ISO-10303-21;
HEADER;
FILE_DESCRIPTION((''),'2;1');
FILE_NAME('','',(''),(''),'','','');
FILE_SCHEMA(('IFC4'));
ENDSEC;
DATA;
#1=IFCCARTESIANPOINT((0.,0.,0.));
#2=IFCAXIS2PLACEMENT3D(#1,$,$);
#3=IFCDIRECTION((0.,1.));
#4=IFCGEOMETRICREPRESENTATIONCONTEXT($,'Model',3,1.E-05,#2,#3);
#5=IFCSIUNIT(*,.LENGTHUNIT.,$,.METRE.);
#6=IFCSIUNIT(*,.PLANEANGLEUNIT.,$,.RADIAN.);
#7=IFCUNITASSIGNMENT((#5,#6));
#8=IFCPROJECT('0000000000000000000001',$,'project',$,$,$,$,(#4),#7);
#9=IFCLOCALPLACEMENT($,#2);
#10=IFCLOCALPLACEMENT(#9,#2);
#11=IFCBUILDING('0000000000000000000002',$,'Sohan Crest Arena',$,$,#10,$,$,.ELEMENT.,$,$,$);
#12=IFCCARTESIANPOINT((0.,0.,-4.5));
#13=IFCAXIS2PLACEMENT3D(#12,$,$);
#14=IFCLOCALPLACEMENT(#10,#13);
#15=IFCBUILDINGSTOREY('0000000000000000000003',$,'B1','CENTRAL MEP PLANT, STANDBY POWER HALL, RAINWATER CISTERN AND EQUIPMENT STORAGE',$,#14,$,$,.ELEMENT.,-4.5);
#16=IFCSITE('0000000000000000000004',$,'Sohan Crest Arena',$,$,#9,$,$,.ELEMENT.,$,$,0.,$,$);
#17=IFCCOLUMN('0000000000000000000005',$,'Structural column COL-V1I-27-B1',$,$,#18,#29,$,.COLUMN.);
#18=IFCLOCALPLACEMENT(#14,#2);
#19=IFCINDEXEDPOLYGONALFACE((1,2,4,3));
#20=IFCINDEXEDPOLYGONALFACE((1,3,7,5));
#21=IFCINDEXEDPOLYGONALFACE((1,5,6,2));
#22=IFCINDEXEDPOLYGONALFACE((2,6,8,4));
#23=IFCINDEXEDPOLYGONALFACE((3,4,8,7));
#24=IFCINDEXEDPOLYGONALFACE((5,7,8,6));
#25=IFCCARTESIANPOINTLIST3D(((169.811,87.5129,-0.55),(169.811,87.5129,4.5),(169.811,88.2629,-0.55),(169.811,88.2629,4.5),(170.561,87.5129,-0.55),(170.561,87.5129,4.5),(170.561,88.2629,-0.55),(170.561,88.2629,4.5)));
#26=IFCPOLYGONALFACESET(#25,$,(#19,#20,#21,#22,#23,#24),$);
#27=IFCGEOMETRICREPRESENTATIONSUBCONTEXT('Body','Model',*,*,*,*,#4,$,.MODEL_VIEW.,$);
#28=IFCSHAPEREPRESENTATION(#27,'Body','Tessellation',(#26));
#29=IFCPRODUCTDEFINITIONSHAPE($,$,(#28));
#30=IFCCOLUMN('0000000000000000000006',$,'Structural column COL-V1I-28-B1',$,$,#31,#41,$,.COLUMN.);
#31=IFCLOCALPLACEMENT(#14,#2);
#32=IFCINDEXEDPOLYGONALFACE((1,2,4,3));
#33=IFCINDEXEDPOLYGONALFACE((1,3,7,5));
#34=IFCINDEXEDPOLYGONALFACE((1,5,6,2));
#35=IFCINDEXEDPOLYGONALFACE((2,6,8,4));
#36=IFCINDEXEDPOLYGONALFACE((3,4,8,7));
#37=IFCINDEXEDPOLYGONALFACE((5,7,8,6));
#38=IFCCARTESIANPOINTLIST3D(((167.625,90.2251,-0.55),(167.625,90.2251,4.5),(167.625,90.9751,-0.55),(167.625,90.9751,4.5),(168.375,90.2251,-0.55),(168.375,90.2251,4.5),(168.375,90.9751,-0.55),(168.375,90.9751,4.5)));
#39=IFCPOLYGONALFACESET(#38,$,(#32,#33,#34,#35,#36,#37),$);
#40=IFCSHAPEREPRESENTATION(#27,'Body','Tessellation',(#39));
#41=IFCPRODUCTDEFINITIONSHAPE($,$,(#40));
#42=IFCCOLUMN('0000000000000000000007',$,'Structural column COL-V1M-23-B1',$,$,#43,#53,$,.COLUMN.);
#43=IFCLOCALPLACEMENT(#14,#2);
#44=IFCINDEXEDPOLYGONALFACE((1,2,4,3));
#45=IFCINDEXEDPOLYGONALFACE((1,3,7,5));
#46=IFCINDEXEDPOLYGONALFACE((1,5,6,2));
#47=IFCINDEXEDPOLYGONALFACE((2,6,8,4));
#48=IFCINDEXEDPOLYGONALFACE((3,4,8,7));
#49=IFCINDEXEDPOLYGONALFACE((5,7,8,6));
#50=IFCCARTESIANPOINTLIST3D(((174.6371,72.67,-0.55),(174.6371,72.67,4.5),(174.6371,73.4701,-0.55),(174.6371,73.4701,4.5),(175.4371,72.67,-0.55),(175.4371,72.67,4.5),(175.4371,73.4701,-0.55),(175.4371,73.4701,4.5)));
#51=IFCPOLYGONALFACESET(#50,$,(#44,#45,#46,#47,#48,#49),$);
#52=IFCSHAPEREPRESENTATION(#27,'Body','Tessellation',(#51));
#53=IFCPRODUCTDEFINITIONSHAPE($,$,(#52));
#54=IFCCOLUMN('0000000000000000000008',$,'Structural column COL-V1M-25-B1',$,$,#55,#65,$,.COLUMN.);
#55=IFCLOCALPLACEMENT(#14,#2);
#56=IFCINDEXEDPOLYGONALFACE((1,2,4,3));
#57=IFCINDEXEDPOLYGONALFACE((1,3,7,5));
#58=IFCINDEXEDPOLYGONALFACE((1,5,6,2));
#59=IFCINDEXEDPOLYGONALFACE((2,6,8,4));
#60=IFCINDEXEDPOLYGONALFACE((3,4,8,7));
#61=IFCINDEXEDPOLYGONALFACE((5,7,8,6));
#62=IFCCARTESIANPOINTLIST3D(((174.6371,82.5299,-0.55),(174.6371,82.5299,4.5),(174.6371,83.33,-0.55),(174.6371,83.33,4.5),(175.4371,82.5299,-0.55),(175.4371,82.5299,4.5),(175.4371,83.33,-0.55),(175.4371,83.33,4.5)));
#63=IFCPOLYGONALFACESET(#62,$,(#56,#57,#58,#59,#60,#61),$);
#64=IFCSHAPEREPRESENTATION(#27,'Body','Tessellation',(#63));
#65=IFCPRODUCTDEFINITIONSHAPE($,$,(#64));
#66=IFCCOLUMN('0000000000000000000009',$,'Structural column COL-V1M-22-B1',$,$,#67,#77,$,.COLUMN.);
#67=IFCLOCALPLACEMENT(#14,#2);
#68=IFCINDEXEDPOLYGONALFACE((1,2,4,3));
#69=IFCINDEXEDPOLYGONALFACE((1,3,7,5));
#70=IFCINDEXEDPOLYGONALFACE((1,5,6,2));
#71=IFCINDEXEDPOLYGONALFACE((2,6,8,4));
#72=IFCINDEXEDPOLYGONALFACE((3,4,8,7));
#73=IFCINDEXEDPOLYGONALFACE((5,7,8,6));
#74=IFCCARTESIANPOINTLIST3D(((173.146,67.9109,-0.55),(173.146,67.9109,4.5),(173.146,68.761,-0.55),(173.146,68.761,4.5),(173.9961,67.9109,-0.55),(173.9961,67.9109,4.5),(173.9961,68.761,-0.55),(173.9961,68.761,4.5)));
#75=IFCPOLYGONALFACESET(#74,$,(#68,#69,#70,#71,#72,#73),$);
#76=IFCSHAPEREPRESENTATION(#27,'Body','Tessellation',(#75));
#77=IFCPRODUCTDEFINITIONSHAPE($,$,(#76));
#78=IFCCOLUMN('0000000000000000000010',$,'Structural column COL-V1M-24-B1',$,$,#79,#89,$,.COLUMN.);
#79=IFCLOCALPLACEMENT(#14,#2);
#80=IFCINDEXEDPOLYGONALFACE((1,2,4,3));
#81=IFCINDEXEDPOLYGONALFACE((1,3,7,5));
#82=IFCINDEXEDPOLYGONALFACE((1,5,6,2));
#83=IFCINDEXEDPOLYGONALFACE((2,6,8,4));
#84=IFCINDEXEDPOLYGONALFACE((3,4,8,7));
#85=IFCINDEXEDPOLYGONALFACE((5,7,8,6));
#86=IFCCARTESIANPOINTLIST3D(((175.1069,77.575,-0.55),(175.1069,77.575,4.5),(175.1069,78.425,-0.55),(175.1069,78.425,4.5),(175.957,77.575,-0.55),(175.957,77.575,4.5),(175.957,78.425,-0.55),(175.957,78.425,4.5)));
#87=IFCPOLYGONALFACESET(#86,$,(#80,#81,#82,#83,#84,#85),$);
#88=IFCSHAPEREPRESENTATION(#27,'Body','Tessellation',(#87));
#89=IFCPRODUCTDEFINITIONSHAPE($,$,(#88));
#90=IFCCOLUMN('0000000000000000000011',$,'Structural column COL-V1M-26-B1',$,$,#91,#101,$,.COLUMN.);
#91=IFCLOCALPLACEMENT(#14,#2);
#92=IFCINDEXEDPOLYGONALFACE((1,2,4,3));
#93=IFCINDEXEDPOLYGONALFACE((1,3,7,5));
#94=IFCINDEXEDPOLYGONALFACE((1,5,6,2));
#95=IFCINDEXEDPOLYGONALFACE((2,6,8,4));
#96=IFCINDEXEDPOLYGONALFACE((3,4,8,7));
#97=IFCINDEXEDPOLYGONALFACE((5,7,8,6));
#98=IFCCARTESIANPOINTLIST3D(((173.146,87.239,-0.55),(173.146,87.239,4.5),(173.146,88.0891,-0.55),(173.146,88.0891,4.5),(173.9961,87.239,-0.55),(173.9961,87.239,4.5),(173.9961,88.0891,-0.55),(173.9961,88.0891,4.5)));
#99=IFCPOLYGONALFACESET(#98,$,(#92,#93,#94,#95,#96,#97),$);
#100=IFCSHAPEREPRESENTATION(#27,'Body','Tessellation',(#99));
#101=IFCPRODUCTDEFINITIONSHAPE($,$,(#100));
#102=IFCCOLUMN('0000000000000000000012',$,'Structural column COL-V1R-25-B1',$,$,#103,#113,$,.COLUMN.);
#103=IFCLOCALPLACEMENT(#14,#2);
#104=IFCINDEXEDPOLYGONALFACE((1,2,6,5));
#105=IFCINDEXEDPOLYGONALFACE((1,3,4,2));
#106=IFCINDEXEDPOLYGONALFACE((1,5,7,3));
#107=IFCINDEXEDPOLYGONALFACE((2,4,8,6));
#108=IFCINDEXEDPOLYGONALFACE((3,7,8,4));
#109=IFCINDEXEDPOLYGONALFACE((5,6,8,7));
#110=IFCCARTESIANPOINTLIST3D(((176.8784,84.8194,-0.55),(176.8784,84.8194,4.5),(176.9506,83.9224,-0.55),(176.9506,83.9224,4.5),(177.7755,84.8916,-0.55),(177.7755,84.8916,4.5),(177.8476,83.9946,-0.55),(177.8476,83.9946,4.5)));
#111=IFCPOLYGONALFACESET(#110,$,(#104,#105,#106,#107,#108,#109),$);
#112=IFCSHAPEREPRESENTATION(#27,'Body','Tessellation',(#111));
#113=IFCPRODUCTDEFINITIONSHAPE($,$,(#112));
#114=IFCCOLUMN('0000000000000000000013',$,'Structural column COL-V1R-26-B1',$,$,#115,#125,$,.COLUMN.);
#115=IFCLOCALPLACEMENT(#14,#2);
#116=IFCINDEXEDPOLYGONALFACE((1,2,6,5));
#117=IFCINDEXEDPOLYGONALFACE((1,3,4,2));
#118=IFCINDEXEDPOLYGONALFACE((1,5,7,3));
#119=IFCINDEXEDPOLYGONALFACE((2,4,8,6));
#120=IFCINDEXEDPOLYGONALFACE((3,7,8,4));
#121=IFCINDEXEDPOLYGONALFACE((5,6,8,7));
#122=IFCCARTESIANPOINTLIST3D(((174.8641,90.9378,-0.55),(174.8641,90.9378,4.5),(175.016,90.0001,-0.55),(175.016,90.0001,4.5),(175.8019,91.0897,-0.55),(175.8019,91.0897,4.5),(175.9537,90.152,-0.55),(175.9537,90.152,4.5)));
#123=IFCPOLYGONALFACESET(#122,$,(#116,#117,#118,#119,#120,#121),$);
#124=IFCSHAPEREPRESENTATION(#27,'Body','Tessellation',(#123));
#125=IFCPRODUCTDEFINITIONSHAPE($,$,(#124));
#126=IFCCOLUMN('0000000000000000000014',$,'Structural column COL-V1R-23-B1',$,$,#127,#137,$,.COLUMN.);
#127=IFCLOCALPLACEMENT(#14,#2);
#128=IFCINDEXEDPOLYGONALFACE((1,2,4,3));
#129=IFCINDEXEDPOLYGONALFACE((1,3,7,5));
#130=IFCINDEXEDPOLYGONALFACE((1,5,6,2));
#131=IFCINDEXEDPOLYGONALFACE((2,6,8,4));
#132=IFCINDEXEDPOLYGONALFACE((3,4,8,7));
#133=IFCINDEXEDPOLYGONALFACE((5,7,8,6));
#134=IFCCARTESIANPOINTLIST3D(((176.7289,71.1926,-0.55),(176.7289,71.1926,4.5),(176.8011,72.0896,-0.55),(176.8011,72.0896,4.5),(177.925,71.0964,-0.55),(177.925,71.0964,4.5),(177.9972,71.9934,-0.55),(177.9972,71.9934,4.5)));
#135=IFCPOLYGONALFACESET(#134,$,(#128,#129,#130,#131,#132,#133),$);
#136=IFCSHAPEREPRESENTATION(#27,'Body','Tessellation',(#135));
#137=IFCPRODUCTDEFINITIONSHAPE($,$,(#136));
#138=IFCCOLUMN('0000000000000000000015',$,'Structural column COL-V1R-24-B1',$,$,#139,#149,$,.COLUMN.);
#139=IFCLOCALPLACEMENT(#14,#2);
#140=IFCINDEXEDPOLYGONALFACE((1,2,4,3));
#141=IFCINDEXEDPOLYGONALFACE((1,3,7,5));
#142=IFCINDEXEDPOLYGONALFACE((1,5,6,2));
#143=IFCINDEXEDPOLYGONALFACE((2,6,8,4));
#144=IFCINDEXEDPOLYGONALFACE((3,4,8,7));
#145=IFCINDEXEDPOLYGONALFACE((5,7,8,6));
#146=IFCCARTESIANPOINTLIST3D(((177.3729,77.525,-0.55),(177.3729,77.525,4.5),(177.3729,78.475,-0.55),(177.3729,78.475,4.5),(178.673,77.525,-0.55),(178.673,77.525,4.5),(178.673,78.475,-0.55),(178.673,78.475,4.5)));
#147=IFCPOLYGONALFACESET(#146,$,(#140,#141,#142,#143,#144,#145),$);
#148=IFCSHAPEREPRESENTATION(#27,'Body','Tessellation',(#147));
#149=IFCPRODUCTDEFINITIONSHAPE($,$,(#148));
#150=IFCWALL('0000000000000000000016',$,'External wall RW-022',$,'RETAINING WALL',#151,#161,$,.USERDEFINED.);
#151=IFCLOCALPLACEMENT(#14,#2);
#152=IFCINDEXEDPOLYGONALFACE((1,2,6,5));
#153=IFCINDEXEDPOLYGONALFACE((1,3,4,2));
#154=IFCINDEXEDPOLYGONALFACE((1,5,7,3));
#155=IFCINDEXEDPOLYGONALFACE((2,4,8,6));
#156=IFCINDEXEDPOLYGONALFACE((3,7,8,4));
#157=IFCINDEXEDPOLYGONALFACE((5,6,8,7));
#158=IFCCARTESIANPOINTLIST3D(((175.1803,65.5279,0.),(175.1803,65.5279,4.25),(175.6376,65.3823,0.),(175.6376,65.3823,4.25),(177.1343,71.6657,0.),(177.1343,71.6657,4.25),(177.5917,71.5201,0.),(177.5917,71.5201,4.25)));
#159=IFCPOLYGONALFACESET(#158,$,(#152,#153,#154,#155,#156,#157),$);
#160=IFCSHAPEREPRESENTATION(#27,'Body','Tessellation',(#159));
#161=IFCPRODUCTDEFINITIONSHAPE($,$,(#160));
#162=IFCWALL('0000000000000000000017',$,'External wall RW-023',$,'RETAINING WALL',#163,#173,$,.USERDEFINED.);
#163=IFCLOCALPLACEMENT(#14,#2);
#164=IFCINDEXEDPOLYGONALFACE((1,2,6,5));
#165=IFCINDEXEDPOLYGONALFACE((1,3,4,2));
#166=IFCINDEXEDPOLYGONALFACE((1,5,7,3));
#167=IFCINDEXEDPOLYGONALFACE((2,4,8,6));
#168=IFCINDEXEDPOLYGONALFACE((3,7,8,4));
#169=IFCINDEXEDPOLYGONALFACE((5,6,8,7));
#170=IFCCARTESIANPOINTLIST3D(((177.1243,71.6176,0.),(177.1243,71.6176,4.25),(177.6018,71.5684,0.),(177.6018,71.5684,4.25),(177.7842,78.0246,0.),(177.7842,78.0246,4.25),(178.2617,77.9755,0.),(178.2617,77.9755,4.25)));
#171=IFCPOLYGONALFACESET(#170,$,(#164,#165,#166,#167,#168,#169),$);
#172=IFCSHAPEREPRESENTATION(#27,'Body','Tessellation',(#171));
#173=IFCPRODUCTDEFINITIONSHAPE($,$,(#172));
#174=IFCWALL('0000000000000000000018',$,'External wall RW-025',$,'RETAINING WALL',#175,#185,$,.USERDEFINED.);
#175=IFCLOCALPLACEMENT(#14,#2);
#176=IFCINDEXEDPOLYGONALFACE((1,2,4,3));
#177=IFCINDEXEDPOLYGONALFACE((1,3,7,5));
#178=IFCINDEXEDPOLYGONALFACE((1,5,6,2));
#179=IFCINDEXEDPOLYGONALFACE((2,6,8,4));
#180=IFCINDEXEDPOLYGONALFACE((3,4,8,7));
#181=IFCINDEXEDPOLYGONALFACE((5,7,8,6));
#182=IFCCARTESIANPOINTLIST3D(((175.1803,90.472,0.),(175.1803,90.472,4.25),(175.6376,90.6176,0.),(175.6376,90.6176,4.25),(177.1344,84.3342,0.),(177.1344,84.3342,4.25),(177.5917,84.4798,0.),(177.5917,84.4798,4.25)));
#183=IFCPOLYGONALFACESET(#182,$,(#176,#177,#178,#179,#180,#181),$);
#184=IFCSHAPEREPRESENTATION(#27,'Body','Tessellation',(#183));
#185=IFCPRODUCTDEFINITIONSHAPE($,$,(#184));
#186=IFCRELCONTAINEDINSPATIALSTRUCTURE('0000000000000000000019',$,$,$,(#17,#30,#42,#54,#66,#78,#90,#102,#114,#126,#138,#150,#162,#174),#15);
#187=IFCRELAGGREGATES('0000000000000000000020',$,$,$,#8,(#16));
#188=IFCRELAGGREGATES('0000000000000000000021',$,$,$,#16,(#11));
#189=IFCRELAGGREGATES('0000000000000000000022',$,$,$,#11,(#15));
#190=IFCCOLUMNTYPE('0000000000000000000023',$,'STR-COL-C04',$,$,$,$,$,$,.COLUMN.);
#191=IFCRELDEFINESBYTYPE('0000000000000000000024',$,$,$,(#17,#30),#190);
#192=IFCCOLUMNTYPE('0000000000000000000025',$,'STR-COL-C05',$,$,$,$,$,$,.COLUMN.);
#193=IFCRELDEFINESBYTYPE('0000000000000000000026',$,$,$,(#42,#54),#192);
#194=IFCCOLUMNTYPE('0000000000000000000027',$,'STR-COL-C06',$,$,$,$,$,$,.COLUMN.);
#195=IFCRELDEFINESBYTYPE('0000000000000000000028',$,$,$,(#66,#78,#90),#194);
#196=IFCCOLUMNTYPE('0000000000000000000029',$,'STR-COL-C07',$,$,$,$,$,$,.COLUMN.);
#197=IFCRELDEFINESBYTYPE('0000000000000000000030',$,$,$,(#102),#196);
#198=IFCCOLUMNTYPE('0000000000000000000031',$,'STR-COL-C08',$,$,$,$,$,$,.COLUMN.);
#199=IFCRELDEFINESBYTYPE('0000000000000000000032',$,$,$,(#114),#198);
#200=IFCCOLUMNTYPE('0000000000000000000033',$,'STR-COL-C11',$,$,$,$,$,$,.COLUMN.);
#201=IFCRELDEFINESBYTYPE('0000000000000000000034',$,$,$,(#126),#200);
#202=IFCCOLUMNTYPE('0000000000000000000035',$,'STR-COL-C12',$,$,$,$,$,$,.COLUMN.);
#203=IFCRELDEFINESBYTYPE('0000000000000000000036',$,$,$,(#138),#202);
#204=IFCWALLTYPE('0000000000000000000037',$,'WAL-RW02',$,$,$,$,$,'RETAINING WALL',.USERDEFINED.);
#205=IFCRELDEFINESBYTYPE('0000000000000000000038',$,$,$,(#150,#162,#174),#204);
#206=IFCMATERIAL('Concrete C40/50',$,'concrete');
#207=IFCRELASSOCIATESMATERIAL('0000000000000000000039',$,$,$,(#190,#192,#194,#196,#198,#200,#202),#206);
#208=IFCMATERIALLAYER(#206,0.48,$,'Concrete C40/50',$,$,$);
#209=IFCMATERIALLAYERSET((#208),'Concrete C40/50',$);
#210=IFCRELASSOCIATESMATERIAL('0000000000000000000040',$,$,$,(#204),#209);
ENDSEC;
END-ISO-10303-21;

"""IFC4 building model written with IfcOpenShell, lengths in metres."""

from ifc_helpers import new_model, si_unit, direction, frame, frame_2d, origin, origin_2d, place, context, subcontext, project, spatial, rectangle, extrude, material, layer, layer_set, material_profile, profile_set, type_object, element, save


model = new_model("IFC4")

# Units and contexts
model_context = context("Model", 3, precision=1e-05, world=origin(), true_north=direction((0.0, 1.0)))
body_context = subcontext(model_context, "Body", "Model", "MODEL_VIEW")
ifc_project = project(units=[si_unit("LENGTHUNIT", "METRE"), si_unit("PLANEANGLEUNIT", "RADIAN")], contexts=[model_context])

# Site, building, storey
site_placement = place(None, origin())
site = spatial("IfcSite", under=ifc_project, at=site_placement, Name="Sohan Crest Arena", CompositionType="ELEMENT", RefElevation=0.0)
building_placement = place(site_placement, origin())
building = spatial("IfcBuilding", under=site, at=building_placement, Name="Sohan Crest Arena", CompositionType="ELEMENT")
storey_placement = place(building_placement, frame((0.0, 0.0, -4.5)))
storey = spatial("IfcBuildingStorey", under=building, at=storey_placement, Name="B1", Description="CENTRAL MEP PLANT, STANDBY POWER HALL, RAINWATER CISTERN AND EQUIPMENT STORAGE", CompositionType="ELEMENT", Elevation=-4.5)

# Shared definitions
ifc_material = material(Name="Concrete C40/50", Category="concrete")

# Columns
ifc_material_profile_1 = material_profile(ifc_material, rectangle(XDim=0.75, YDim=0.75, at=origin_2d()), Name="RC 750x750")
ifc_profile_set_1 = profile_set([ifc_material_profile_1], Name="Concrete C40/50")
column_type_1 = type_object("IfcColumnType", Name="STR-COL-C04", PredefinedType="COLUMN", material=ifc_profile_set_1)
for number, where, z_axis, x_axis, name in (
    (1, (170.186, 87.8879, -0.55), (0.0, 0.0, 1.0), (1.0, 0.0, 0.0), "Structural column COL-V1I-27-B1"),
    (2, (168.0, 90.6001, -0.55), (0.0, 0.0, 1.0), (1.0, 0.0, 0.0), "Structural column COL-V1I-28-B1"),
):
    element("IfcColumn", number, at=place(storey_placement, frame(where, z_axis=z_axis, x_axis=x_axis)), inside=storey, type_object=column_type_1, Name=name, PredefinedType="COLUMN", context=body_context, shape_type="SweptSolid", body=[
        extrude(rectangle(XDim=0.75, YDim=0.75, at=origin_2d()), origin(), (0.0, 0.0, 1.0), 5.05),
    ])
ifc_material_profile_2 = material_profile(ifc_material, rectangle(XDim=0.8, YDim=0.8, at=origin_2d()), Name="RC 800x800")
ifc_profile_set_2 = profile_set([ifc_material_profile_2], Name="Concrete C40/50")
column_type_2 = type_object("IfcColumnType", Name="STR-COL-C05", PredefinedType="COLUMN", material=ifc_profile_set_2)
for number, where, z_axis, x_axis, name in (
    (3, (175.0371, 73.0701, -0.55), (0.0, 0.0, 1.0), (1.0, 0.0, 0.0), "Structural column COL-V1M-23-B1"),
    (4, (175.0371, 82.9299, -0.55), (0.0, 0.0, 1.0), (1.0, 0.0, 0.0), "Structural column COL-V1M-25-B1"),
):
    element("IfcColumn", number, at=place(storey_placement, frame(where, z_axis=z_axis, x_axis=x_axis)), inside=storey, type_object=column_type_2, Name=name, PredefinedType="COLUMN", context=body_context, shape_type="SweptSolid", body=[
        extrude(rectangle(XDim=0.8, YDim=0.8, at=origin_2d()), origin(), (0.0, 0.0, 1.0), 5.05),
    ])
ifc_material_profile_3 = material_profile(ifc_material, rectangle(XDim=0.8501, YDim=0.8501, at=origin_2d()), Name="RC 850x850")
ifc_profile_set_3 = profile_set([ifc_material_profile_3], Name="Concrete C40/50")
column_type_3 = type_object("IfcColumnType", Name="STR-COL-C06", PredefinedType="COLUMN", material=ifc_profile_set_3)
for number, where, z_axis, x_axis, name in (
    (5, (173.571, 68.3359, -0.55), (0.0, 0.0, 1.0), (1.0, 0.0, 0.0), "Structural column COL-V1M-22-B1"),
    (6, (175.532, 78.0, -0.55), (0.0, 0.0, 1.0), (1.0, 0.0, 0.0), "Structural column COL-V1M-24-B1"),
    (7, (173.571, 87.6641, -0.55), (0.0, 0.0, 1.0), (1.0, 0.0, 0.0), "Structural column COL-V1M-26-B1"),
):
    element("IfcColumn", number, at=place(storey_placement, frame(where, z_axis=z_axis, x_axis=x_axis)), inside=storey, type_object=column_type_3, Name=name, PredefinedType="COLUMN", context=body_context, shape_type="SweptSolid", body=[
        extrude(rectangle(XDim=0.8501, YDim=0.8501, at=origin_2d()), origin(), (0.0, 0.0, 1.0), 5.05),
    ])
ifc_material_profile_4 = material_profile(ifc_material, rectangle(XDim=0.8999, YDim=0.8999, at=origin_2d()), Name="RC 900x900")
ifc_profile_set_4 = profile_set([ifc_material_profile_4], Name="Concrete C40/50")
column_type_4 = type_object("IfcColumnType", Name="STR-COL-C07", PredefinedType="COLUMN", material=ifc_profile_set_4)
column_1_placement = place(storey_placement, frame((177.363, 84.407, -0.55), z_axis=(0.0, 0.0, 1.0), x_axis=(0.996779, 0.080199, 0.0)))
element("IfcColumn", 8, at=column_1_placement, inside=storey, type_object=column_type_4, Name="Structural column COL-V1R-25-B1", PredefinedType="COLUMN", context=body_context, shape_type="SweptSolid", body=[
    extrude(rectangle(XDim=0.8999, YDim=0.8999, at=origin_2d()), origin(), (0.0, 0.0, 1.0), 5.05),
])
ifc_material_profile_5 = material_profile(ifc_material, rectangle(XDim=0.95, YDim=0.95, at=origin_2d()), Name="RC 950x950")
ifc_profile_set_5 = profile_set([ifc_material_profile_5], Name="Concrete C40/50")
column_type_5 = type_object("IfcColumnType", Name="STR-COL-C08", PredefinedType="COLUMN", material=ifc_profile_set_5)
column_2_placement = place(storey_placement, frame((175.4089, 90.5449, -0.55), z_axis=(0.0, 0.0, 1.0), x_axis=(0.987136, 0.159881, 0.0)))
element("IfcColumn", 9, at=column_2_placement, inside=storey, type_object=column_type_5, Name="Structural column COL-V1R-26-B1", PredefinedType="COLUMN", context=body_context, shape_type="SweptSolid", body=[
    extrude(rectangle(XDim=0.95, YDim=0.95, at=origin_2d()), origin(), (0.0, 0.0, 1.0), 5.05),
])
ifc_material_profile_6 = material_profile(ifc_material, rectangle(XDim=1.2, YDim=0.8999, at=origin_2d()), Name="RC 1200x900")
ifc_profile_set_6 = profile_set([ifc_material_profile_6], Name="Concrete C40/50")
column_type_6 = type_object("IfcColumnType", Name="STR-COL-C11", PredefinedType="COLUMN", material=ifc_profile_set_6)
column_3_placement = place(storey_placement, frame((177.363, 71.593, -0.55), z_axis=(0.0, 0.0, 1.0), x_axis=(-0.996779, 0.080199, 0.0)))
element("IfcColumn", 10, at=column_3_placement, inside=storey, type_object=column_type_6, Name="Structural column COL-V1R-23-B1", PredefinedType="COLUMN", context=body_context, shape_type="SweptSolid", body=[
    extrude(rectangle(XDim=1.2, YDim=0.8999, at=origin_2d()), origin(), (0.0, 0.0, 1.0), 5.05),
])
ifc_material_profile_7 = material_profile(ifc_material, rectangle(XDim=1.3, YDim=0.95, at=origin_2d()), Name="RC 1300x950")
ifc_profile_set_7 = profile_set([ifc_material_profile_7], Name="Concrete C40/50")
column_type_7 = type_object("IfcColumnType", Name="STR-COL-C12", PredefinedType="COLUMN", material=ifc_profile_set_7)
column_4_placement = place(storey_placement, frame((178.0229, 78.0, -0.55), z_axis=(0.0, 0.0, 1.0), x_axis=(1.0, 0.0, 0.0)))
element("IfcColumn", 11, at=column_4_placement, inside=storey, type_object=column_type_7, Name="Structural column COL-V1R-24-B1", PredefinedType="COLUMN", context=body_context, shape_type="SweptSolid", body=[
    extrude(rectangle(XDim=1.3, YDim=0.95, at=origin_2d()), origin(), (0.0, 0.0, 1.0), 5.05),
])

# Walls
ifc_layer = layer(ifc_material, 0.48, Name="Concrete C40/50")
ifc_layer_set = layer_set([ifc_layer], Name="Concrete C40/50")
wall_type = type_object("IfcWallType", Name="WAL-RW02", ElementType="RETAINING WALL", PredefinedType="USERDEFINED", material=ifc_layer_set)
wall_1_placement = place(storey_placement, frame((175.4089, 65.4551, 0.0), z_axis=(0.0, 0.0, 1.0), x_axis=(0.303362, 0.952875, 0.0)))
element("IfcWall", 12, at=wall_1_placement, inside=storey, type_object=wall_type, Name="External wall RW-022", ObjectType="RETAINING WALL", PredefinedType="USERDEFINED", context=body_context, shape_type="SweptSolid", body=[
    extrude(rectangle(XDim=6.4414, YDim=0.48, at=frame_2d((3.2207, 0.0))), origin(), (0.0, 0.0, 1.0), 4.25),
])
wall_2_placement = place(storey_placement, frame((177.363, 71.593, 0.0), z_axis=(0.0, 0.0, 1.0), x_axis=(0.102457, 0.994737, 0.0)))
element("IfcWall", 13, at=wall_2_placement, inside=storey, type_object=wall_type, Name="External wall RW-023", ObjectType="RETAINING WALL", PredefinedType="USERDEFINED", context=body_context, shape_type="SweptSolid", body=[
    extrude(rectangle(XDim=6.4409, YDim=0.48, at=frame_2d((3.2205, 0.0))), origin(), (0.0, 0.0, 1.0), 4.25),
])
wall_3_placement = place(storey_placement, frame((177.363, 84.407, 0.0), z_axis=(0.0, 0.0, 1.0), x_axis=(-0.303362, 0.952875, 0.0)))
element("IfcWall", 14, at=wall_3_placement, inside=storey, type_object=wall_type, Name="External wall RW-025", ObjectType="RETAINING WALL", PredefinedType="USERDEFINED", context=body_context, shape_type="SweptSolid", body=[
    extrude(rectangle(XDim=6.4414, YDim=0.48, at=frame_2d((3.2207, 0.0))), origin(), (0.0, 0.0, 1.0), 4.25),
])

save(model, "model.ifc")
